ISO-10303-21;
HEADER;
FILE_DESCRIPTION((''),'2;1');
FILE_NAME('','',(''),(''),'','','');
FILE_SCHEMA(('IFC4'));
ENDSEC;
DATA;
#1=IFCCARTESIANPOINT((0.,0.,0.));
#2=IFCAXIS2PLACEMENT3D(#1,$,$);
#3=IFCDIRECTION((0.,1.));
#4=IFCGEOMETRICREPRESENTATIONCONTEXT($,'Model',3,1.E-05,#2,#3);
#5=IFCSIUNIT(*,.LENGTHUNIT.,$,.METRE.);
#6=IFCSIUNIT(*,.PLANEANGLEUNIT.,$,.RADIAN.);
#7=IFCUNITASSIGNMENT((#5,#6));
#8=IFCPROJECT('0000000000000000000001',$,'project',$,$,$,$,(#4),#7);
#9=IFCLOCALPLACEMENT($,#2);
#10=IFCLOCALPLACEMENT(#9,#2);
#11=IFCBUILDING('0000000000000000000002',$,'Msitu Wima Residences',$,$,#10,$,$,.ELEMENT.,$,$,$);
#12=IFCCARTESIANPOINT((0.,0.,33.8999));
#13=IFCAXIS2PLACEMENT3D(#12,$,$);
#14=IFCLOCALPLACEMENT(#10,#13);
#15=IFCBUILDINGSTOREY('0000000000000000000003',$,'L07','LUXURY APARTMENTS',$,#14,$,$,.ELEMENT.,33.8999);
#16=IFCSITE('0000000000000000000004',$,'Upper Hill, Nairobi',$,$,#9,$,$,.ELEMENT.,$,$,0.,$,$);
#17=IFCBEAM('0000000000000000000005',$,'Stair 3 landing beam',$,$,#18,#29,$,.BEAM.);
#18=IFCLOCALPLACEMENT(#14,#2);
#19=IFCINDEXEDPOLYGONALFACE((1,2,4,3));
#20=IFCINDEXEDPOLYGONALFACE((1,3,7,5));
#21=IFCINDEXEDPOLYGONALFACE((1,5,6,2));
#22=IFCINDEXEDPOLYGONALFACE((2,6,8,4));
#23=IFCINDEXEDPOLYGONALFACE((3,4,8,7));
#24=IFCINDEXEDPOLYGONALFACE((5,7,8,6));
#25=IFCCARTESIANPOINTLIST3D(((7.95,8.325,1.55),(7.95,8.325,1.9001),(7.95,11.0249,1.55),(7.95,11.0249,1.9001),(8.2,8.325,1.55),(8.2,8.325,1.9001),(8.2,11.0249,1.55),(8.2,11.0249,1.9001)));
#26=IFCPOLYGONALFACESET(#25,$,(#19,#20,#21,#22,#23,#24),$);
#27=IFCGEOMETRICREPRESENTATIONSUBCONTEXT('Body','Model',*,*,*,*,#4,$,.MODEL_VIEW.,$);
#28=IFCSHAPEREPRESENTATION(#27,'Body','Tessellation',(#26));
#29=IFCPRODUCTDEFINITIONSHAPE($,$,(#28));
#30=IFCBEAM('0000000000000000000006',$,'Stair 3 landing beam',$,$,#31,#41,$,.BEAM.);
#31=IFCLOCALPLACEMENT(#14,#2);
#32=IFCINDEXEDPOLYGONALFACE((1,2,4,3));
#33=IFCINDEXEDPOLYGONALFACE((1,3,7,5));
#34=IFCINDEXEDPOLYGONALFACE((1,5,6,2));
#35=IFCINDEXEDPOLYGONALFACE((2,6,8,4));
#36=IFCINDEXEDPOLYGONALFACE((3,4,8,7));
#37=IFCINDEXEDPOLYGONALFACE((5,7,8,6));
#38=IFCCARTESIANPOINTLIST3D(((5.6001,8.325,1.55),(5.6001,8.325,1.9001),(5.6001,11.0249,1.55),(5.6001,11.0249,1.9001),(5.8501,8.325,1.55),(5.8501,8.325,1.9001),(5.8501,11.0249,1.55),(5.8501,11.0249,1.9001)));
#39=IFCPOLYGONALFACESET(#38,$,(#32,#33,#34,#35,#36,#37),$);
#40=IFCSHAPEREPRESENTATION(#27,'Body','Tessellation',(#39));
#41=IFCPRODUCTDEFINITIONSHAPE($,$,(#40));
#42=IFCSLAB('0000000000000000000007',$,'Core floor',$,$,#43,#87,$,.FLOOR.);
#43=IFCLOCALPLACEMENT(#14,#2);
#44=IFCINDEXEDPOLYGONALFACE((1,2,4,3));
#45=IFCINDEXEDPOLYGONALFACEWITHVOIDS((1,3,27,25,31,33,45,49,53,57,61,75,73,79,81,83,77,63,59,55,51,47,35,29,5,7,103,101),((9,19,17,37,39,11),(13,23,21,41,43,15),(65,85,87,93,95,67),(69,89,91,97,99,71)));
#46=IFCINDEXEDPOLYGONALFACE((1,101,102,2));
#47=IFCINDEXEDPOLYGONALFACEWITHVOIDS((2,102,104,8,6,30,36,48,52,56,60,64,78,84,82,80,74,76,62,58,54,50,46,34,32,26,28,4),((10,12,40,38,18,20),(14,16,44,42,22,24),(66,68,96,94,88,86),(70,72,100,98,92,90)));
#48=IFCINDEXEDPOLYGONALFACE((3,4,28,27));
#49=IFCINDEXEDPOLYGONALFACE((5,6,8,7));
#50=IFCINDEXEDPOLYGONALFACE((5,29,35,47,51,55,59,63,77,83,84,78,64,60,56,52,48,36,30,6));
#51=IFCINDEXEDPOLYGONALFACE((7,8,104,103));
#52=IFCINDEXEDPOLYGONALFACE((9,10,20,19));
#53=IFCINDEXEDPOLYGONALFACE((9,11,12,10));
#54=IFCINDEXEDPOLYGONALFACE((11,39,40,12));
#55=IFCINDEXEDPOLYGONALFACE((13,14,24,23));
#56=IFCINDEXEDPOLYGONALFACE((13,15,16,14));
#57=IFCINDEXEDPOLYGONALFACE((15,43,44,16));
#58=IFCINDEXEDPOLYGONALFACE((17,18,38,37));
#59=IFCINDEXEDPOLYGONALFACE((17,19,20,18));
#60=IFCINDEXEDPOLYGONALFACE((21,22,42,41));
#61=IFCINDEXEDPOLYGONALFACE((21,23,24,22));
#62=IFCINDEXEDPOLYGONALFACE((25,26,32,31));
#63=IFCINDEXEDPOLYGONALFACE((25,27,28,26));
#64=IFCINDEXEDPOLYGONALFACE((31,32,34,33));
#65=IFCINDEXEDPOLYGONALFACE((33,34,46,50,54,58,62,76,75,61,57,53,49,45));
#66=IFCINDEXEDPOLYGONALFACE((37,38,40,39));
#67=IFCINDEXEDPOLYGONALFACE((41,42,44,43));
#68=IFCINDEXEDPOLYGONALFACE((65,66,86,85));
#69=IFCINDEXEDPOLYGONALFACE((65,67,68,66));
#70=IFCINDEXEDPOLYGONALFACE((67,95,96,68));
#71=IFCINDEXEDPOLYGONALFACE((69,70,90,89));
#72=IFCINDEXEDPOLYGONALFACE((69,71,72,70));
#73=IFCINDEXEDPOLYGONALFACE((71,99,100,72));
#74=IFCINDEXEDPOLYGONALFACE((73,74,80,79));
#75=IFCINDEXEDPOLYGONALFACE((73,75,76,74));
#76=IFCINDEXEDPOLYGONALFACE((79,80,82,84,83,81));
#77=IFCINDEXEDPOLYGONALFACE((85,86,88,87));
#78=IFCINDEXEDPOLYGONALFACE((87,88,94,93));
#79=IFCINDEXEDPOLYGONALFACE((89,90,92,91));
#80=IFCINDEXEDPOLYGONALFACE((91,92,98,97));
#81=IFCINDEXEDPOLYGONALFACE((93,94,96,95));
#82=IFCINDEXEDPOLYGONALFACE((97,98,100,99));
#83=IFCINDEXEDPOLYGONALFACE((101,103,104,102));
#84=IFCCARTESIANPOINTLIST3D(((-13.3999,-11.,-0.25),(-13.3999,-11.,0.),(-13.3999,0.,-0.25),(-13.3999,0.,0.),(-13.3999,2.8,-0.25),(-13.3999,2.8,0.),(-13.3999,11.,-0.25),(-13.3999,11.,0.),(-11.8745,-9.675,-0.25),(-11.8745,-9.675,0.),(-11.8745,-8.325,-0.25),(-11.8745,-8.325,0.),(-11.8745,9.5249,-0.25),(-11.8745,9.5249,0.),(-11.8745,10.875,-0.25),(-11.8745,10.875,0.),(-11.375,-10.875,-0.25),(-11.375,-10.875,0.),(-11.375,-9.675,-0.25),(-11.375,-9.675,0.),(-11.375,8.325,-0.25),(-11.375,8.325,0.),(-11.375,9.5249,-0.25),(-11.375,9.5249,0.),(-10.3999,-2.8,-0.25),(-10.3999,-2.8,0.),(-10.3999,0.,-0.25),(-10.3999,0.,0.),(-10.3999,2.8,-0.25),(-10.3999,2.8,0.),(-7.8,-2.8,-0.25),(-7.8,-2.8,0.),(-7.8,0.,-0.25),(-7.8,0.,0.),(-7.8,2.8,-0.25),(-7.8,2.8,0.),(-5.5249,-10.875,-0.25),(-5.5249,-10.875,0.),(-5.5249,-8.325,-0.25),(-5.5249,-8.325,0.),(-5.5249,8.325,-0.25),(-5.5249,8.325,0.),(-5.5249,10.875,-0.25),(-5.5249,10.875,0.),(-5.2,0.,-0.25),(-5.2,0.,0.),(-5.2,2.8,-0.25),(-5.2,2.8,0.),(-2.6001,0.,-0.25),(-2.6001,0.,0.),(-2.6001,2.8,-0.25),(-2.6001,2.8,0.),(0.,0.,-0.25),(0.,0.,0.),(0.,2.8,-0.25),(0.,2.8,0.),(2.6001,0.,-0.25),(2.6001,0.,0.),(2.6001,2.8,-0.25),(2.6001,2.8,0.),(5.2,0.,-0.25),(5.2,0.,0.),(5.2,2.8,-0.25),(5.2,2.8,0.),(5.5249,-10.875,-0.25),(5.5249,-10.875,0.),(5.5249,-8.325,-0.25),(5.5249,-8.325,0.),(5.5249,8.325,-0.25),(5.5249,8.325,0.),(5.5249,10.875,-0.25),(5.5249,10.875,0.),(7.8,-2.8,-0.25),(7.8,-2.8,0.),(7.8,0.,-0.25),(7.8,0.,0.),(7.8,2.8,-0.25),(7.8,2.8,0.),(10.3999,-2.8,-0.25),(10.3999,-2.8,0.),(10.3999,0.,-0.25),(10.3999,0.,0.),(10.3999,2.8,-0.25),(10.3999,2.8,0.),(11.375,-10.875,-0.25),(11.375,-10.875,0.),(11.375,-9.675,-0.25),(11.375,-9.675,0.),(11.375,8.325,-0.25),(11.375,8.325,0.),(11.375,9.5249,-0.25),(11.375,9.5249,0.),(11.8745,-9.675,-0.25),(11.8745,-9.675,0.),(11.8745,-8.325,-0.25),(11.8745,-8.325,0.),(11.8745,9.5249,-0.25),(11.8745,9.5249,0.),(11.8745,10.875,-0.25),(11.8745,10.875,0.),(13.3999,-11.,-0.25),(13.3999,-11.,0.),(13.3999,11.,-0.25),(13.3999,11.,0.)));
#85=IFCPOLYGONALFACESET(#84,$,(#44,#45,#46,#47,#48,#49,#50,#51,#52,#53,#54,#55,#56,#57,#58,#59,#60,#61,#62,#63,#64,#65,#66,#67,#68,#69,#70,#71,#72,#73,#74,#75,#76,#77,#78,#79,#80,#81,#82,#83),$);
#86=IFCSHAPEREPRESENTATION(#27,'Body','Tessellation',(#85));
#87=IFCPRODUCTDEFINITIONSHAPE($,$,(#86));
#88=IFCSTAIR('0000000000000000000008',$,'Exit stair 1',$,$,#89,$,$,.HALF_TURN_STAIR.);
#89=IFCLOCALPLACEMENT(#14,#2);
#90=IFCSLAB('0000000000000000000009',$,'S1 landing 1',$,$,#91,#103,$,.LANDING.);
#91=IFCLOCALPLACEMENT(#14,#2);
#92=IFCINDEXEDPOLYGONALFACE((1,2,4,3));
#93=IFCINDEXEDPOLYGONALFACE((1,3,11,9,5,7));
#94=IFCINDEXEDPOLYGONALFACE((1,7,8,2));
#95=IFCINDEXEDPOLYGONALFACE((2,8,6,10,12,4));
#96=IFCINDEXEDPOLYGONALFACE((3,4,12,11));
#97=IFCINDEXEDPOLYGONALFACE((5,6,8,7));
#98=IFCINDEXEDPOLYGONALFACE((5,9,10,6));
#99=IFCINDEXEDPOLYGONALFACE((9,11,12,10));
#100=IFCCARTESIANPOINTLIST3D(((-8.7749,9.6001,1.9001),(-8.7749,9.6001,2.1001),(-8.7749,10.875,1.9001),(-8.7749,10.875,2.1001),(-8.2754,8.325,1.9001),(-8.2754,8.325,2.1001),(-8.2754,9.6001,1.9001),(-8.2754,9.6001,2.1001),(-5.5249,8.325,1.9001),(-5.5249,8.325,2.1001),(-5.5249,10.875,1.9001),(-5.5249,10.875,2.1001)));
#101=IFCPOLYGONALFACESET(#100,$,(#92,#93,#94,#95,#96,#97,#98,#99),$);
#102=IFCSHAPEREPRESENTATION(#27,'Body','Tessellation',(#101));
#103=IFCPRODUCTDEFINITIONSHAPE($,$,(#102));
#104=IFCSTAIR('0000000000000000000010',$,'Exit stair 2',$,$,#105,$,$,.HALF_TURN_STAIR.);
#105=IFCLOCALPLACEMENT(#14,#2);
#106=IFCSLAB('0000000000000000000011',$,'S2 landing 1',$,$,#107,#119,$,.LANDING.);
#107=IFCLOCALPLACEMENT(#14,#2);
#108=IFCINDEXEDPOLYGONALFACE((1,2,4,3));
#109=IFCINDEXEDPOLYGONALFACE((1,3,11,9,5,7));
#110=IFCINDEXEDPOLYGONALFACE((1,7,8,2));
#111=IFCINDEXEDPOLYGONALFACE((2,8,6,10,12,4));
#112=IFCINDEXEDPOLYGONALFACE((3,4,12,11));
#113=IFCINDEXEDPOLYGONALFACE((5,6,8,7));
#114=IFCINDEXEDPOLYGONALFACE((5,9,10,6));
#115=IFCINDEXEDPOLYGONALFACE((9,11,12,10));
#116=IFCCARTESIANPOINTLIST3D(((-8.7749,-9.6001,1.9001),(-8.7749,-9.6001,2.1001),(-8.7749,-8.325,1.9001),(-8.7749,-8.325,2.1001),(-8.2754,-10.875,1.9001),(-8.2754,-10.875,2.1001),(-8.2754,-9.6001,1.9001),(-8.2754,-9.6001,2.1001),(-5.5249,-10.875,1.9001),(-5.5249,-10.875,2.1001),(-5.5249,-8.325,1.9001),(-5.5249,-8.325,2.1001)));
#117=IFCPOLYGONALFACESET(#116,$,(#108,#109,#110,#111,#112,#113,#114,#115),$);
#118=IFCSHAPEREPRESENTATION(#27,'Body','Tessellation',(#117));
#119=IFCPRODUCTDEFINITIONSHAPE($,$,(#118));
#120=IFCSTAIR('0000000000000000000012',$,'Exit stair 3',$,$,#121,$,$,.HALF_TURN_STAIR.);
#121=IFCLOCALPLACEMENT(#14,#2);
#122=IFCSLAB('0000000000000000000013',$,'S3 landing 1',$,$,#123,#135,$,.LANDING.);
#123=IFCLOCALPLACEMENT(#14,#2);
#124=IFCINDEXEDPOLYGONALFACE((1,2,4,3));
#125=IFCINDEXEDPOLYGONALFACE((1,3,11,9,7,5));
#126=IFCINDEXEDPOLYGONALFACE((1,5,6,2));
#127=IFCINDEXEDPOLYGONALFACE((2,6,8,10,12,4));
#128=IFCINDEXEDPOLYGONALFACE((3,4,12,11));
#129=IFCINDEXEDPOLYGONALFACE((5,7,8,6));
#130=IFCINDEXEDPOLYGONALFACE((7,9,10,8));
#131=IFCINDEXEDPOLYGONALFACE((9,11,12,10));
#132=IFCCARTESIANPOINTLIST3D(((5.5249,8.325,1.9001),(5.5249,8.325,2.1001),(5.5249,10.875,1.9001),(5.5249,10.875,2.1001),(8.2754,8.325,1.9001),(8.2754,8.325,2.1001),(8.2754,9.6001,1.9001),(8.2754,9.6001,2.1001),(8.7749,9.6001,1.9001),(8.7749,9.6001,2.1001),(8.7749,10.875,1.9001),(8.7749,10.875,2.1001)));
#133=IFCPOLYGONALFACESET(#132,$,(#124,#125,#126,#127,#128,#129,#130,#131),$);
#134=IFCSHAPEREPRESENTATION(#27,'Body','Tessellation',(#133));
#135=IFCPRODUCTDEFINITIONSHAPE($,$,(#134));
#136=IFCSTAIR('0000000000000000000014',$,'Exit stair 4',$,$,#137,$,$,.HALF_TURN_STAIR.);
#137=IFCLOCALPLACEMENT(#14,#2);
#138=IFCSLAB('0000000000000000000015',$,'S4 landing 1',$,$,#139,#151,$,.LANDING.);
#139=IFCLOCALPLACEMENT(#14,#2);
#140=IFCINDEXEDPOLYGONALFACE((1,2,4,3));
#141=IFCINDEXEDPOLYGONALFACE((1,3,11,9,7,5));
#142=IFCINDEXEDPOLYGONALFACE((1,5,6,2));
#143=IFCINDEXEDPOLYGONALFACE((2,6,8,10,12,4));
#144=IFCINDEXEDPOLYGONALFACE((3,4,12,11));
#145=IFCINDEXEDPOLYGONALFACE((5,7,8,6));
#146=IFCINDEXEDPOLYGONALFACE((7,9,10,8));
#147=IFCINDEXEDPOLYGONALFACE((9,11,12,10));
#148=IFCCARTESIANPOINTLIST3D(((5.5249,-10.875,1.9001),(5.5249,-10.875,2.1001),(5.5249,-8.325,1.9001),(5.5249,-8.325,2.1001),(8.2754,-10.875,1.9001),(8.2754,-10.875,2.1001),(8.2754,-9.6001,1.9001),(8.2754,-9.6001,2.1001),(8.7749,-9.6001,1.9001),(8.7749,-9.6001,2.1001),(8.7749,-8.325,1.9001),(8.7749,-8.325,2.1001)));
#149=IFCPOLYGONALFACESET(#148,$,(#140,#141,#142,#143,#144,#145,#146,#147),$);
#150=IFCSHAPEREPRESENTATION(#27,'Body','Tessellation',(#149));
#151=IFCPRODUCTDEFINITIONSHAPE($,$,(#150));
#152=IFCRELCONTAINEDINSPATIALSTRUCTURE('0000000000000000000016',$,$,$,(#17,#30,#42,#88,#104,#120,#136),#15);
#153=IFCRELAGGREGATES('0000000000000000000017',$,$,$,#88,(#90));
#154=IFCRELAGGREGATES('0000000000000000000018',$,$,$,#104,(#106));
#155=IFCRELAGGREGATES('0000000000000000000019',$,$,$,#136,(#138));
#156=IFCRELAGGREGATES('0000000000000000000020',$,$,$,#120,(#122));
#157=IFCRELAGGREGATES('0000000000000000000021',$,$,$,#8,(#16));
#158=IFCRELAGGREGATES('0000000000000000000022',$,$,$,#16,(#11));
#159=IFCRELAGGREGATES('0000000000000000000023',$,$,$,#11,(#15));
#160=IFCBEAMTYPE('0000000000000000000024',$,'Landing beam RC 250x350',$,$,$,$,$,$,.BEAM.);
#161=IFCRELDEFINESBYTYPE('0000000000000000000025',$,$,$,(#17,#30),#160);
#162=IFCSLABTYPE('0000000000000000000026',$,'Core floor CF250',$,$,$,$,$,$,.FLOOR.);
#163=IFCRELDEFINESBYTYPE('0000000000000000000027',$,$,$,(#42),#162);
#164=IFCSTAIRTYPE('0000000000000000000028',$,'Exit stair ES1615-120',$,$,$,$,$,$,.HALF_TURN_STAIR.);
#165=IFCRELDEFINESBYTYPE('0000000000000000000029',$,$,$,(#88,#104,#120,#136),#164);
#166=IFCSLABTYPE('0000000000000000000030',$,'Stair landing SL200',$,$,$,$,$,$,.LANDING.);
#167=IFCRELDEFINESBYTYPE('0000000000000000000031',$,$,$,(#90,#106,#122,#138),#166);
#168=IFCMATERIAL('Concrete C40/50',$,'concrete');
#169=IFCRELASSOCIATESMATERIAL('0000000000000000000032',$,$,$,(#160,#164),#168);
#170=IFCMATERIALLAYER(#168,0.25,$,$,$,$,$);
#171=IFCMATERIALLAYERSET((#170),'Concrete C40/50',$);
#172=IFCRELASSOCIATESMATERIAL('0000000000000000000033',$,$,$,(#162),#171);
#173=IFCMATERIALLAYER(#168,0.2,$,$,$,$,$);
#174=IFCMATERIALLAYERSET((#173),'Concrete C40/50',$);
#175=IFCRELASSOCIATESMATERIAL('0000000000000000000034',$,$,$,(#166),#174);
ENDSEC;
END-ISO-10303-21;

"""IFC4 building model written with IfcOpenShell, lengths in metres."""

from ifc_helpers import new_model, si_unit, direction, frame, origin, origin_2d, place, context, subcontext, project, spatial, polyline, rectangle, outline, extrude, material, layer, layer_set, material_profile, profile_set, type_object, element, aggregate, save


model = new_model("IFC4")

# Units and contexts
model_context = context("Model", 3, precision=1e-05, world=origin(), true_north=direction((0.0, 1.0)))
body_context = subcontext(model_context, "Body", "Model", "MODEL_VIEW")
ifc_project = project(units=[si_unit("LENGTHUNIT", "METRE"), si_unit("PLANEANGLEUNIT", "RADIAN")], contexts=[model_context])

# Site, building, storey
site_placement = place(None, origin())
site = spatial("IfcSite", under=ifc_project, at=site_placement, Name="Upper Hill, Nairobi", CompositionType="ELEMENT", RefElevation=0.0)
building_placement = place(site_placement, origin())
building = spatial("IfcBuilding", under=site, at=building_placement, Name="Msitu Wima Residences", CompositionType="ELEMENT")
storey_placement = place(building_placement, frame((0.0, 0.0, 33.8999)))
storey = spatial("IfcBuildingStorey", under=building, at=storey_placement, Name="L07", Description="LUXURY APARTMENTS", CompositionType="ELEMENT", Elevation=33.8999)

# Beams
ifc_material_1 = material(Name="Concrete C40/50", Category="concrete")
ifc_material_profile = material_profile(ifc_material_1, rectangle(XDim=0.25, YDim=0.3501, at=origin_2d()), Name="RC 250x350")
ifc_profile_set = profile_set([ifc_material_profile], Name="Concrete C40/50")
beam_type = type_object("IfcBeamType", Name="Landing beam RC 250x350", PredefinedType="BEAM", material=ifc_profile_set)
for number, where, z_axis, x_axis, name in (
    (1, (8.075, 8.325, 1.7251), (0.0, 1.0, 0.0), (-1.0, 0.0, 0.0), "Stair 3 landing beam"),
    (2, (5.7251, 8.325, 1.7251), (0.0, 1.0, 0.0), (-1.0, 0.0, 0.0), "Stair 3 landing beam"),
):
    element("IfcBeam", number, at=place(storey_placement, frame(where, z_axis=z_axis, x_axis=x_axis)), inside=storey, type_object=beam_type, Name=name, PredefinedType="BEAM", context=body_context, shape_type="SweptSolid", body=[
        extrude(rectangle(XDim=0.25, YDim=0.3501, at=origin_2d()), origin(), (0.0, 0.0, 1.0), 2.7),
    ])

# Slab
ifc_layer_1 = layer(ifc_material_1, 0.25)
ifc_layer_set_1 = layer_set([ifc_layer_1], Name="Concrete C40/50")
slab_type_1 = type_object("IfcSlabType", Name="Core floor CF250", PredefinedType="FLOOR", material=ifc_layer_set_1)
slab_1_placement = place(storey_placement, frame((0.0, 0.0, -0.25)))
element("IfcSlab", 3, at=slab_1_placement, inside=storey, type_object=slab_type_1, Name="Core floor", PredefinedType="FLOOR", context=body_context, shape_type="SweptSolid", body=[
    extrude(outline(polyline([(-13.3999, 11.0), (-13.3999, 2.8), (-10.3999, 2.8), (-7.8, 2.8), (-5.2, 2.8), (-2.6001, 2.8), (0.0, 2.8), (2.6001, 2.8), (5.2, 2.8), (7.8, 2.8), (10.3999, 2.8), (10.3999, 0.0), (10.3999, -2.8), (7.8, -2.8), (7.8, 0.0), (5.2, 0.0), (2.6001, 0.0), (0.0, 0.0), (-2.6001, 0.0), (-5.2, 0.0), (-7.8, 0.0), (-7.8, -2.8), (-10.3999, -2.8), (-10.3999, 0.0), (-13.3999, 0.0), (-13.3999, -11.0), (13.3999, -11.0), (13.3999, 11.0), (-13.3999, 11.0)]), holes=[polyline([(-11.375, -10.875), (-11.375, -9.675), (-11.8745, -9.675), (-11.8745, -8.325), (-5.5249, -8.325), (-5.5249, -10.875), (-11.375, -10.875)]), polyline([(-11.375, 9.5249), (-11.8745, 9.5249), (-11.8745, 10.875), (-5.5249, 10.875), (-5.5249, 8.325), (-11.375, 8.325), (-11.375, 9.5249)]), polyline([(11.375, -9.675), (11.375, -10.875), (5.5249, -10.875), (5.5249, -8.325), (11.8745, -8.325), (11.8745, -9.675), (11.375, -9.675)]), polyline([(11.375, 9.5249), (11.375, 8.325), (5.5249, 8.325), (5.5249, 10.875), (11.8745, 10.875), (11.8745, 9.5249), (11.375, 9.5249)])]), origin(), (0.0, 0.0, 1.0), 0.25),
])

# Stairs, slabs
stair_type = type_object("IfcStairType", Name="Exit stair ES1615-120", PredefinedType="HALF_TURN_STAIR", material=ifc_material_1)
stair_1_placement = place(storey_placement, origin())
stair_1 = element("IfcStair", 4, at=stair_1_placement, inside=storey, type_object=stair_type, Name="Exit stair 1", PredefinedType="HALF_TURN_STAIR")
ifc_layer_2 = layer(ifc_material_1, 0.2)
ifc_layer_set_2 = layer_set([ifc_layer_2], Name="Concrete C40/50")
slab_type_2 = type_object("IfcSlabType", Name="Stair landing SL200", PredefinedType="LANDING", material=ifc_layer_set_2)
slab_2_placement = place(storey_placement, frame((0.0, 0.0, 1.9001)))
slab_2 = element("IfcSlab", 5, at=slab_2_placement, type_object=slab_type_2, Name="S1 landing 1", PredefinedType="LANDING", context=body_context, shape_type="SweptSolid", body=[
    extrude(outline(polyline([(-5.5249, 8.325), (-8.2754, 8.325), (-8.2754, 9.6001), (-8.7749, 9.6001), (-8.7749, 10.875), (-5.5249, 10.875), (-5.5249, 8.325)])), origin(), (0.0, 0.0, 1.0), 0.2),
])
aggregate(stair_1, [slab_2])
stair_2_placement = place(storey_placement, origin())
stair_2 = element("IfcStair", 6, at=stair_2_placement, inside=storey, type_object=stair_type, Name="Exit stair 2", PredefinedType="HALF_TURN_STAIR")
slab_3_placement = place(storey_placement, frame((0.0, 0.0, 1.9001)))
slab_3 = element("IfcSlab", 7, at=slab_3_placement, type_object=slab_type_2, Name="S2 landing 1", PredefinedType="LANDING", context=body_context, shape_type="SweptSolid", body=[
    extrude(outline(polyline([(-5.5249, -10.875), (-8.2754, -10.875), (-8.2754, -9.6001), (-8.7749, -9.6001), (-8.7749, -8.325), (-5.5249, -8.325), (-5.5249, -10.875)])), origin(), (0.0, 0.0, 1.0), 0.2),
])
aggregate(stair_2, [slab_3])
stair_3_placement = place(storey_placement, origin())
stair_3 = element("IfcStair", 8, at=stair_3_placement, inside=storey, type_object=stair_type, Name="Exit stair 3", PredefinedType="HALF_TURN_STAIR")
slab_4_placement = place(storey_placement, frame((0.0, 0.0, 1.9001)))
slab_4 = element("IfcSlab", 9, at=slab_4_placement, type_object=slab_type_2, Name="S3 landing 1", PredefinedType="LANDING", context=body_context, shape_type="SweptSolid", body=[
    extrude(outline(polyline([(5.5249, 8.325), (8.2754, 8.325), (8.2754, 9.6001), (8.7749, 9.6001), (8.7749, 10.875), (5.5249, 10.875), (5.5249, 8.325)])), origin(), (0.0, 0.0, 1.0), 0.2),
])
stair_4_placement = place(storey_placement, origin())
stair_4 = element("IfcStair", 10, at=stair_4_placement, inside=storey, type_object=stair_type, Name="Exit stair 4", PredefinedType="HALF_TURN_STAIR")
slab_5_placement = place(storey_placement, frame((0.0, 0.0, 1.9001)))
slab_5 = element("IfcSlab", 11, at=slab_5_placement, type_object=slab_type_2, Name="S4 landing 1", PredefinedType="LANDING", context=body_context, shape_type="SweptSolid", body=[
    extrude(outline(polyline([(5.5249, -10.875), (8.2754, -10.875), (8.2754, -9.6001), (8.7749, -9.6001), (8.7749, -8.325), (5.5249, -8.325), (5.5249, -10.875)])), origin(), (0.0, 0.0, 1.0), 0.2),
])
aggregate(stair_4, [slab_5])

aggregate(stair_3, [slab_4])

save(model, "model.ifc")
